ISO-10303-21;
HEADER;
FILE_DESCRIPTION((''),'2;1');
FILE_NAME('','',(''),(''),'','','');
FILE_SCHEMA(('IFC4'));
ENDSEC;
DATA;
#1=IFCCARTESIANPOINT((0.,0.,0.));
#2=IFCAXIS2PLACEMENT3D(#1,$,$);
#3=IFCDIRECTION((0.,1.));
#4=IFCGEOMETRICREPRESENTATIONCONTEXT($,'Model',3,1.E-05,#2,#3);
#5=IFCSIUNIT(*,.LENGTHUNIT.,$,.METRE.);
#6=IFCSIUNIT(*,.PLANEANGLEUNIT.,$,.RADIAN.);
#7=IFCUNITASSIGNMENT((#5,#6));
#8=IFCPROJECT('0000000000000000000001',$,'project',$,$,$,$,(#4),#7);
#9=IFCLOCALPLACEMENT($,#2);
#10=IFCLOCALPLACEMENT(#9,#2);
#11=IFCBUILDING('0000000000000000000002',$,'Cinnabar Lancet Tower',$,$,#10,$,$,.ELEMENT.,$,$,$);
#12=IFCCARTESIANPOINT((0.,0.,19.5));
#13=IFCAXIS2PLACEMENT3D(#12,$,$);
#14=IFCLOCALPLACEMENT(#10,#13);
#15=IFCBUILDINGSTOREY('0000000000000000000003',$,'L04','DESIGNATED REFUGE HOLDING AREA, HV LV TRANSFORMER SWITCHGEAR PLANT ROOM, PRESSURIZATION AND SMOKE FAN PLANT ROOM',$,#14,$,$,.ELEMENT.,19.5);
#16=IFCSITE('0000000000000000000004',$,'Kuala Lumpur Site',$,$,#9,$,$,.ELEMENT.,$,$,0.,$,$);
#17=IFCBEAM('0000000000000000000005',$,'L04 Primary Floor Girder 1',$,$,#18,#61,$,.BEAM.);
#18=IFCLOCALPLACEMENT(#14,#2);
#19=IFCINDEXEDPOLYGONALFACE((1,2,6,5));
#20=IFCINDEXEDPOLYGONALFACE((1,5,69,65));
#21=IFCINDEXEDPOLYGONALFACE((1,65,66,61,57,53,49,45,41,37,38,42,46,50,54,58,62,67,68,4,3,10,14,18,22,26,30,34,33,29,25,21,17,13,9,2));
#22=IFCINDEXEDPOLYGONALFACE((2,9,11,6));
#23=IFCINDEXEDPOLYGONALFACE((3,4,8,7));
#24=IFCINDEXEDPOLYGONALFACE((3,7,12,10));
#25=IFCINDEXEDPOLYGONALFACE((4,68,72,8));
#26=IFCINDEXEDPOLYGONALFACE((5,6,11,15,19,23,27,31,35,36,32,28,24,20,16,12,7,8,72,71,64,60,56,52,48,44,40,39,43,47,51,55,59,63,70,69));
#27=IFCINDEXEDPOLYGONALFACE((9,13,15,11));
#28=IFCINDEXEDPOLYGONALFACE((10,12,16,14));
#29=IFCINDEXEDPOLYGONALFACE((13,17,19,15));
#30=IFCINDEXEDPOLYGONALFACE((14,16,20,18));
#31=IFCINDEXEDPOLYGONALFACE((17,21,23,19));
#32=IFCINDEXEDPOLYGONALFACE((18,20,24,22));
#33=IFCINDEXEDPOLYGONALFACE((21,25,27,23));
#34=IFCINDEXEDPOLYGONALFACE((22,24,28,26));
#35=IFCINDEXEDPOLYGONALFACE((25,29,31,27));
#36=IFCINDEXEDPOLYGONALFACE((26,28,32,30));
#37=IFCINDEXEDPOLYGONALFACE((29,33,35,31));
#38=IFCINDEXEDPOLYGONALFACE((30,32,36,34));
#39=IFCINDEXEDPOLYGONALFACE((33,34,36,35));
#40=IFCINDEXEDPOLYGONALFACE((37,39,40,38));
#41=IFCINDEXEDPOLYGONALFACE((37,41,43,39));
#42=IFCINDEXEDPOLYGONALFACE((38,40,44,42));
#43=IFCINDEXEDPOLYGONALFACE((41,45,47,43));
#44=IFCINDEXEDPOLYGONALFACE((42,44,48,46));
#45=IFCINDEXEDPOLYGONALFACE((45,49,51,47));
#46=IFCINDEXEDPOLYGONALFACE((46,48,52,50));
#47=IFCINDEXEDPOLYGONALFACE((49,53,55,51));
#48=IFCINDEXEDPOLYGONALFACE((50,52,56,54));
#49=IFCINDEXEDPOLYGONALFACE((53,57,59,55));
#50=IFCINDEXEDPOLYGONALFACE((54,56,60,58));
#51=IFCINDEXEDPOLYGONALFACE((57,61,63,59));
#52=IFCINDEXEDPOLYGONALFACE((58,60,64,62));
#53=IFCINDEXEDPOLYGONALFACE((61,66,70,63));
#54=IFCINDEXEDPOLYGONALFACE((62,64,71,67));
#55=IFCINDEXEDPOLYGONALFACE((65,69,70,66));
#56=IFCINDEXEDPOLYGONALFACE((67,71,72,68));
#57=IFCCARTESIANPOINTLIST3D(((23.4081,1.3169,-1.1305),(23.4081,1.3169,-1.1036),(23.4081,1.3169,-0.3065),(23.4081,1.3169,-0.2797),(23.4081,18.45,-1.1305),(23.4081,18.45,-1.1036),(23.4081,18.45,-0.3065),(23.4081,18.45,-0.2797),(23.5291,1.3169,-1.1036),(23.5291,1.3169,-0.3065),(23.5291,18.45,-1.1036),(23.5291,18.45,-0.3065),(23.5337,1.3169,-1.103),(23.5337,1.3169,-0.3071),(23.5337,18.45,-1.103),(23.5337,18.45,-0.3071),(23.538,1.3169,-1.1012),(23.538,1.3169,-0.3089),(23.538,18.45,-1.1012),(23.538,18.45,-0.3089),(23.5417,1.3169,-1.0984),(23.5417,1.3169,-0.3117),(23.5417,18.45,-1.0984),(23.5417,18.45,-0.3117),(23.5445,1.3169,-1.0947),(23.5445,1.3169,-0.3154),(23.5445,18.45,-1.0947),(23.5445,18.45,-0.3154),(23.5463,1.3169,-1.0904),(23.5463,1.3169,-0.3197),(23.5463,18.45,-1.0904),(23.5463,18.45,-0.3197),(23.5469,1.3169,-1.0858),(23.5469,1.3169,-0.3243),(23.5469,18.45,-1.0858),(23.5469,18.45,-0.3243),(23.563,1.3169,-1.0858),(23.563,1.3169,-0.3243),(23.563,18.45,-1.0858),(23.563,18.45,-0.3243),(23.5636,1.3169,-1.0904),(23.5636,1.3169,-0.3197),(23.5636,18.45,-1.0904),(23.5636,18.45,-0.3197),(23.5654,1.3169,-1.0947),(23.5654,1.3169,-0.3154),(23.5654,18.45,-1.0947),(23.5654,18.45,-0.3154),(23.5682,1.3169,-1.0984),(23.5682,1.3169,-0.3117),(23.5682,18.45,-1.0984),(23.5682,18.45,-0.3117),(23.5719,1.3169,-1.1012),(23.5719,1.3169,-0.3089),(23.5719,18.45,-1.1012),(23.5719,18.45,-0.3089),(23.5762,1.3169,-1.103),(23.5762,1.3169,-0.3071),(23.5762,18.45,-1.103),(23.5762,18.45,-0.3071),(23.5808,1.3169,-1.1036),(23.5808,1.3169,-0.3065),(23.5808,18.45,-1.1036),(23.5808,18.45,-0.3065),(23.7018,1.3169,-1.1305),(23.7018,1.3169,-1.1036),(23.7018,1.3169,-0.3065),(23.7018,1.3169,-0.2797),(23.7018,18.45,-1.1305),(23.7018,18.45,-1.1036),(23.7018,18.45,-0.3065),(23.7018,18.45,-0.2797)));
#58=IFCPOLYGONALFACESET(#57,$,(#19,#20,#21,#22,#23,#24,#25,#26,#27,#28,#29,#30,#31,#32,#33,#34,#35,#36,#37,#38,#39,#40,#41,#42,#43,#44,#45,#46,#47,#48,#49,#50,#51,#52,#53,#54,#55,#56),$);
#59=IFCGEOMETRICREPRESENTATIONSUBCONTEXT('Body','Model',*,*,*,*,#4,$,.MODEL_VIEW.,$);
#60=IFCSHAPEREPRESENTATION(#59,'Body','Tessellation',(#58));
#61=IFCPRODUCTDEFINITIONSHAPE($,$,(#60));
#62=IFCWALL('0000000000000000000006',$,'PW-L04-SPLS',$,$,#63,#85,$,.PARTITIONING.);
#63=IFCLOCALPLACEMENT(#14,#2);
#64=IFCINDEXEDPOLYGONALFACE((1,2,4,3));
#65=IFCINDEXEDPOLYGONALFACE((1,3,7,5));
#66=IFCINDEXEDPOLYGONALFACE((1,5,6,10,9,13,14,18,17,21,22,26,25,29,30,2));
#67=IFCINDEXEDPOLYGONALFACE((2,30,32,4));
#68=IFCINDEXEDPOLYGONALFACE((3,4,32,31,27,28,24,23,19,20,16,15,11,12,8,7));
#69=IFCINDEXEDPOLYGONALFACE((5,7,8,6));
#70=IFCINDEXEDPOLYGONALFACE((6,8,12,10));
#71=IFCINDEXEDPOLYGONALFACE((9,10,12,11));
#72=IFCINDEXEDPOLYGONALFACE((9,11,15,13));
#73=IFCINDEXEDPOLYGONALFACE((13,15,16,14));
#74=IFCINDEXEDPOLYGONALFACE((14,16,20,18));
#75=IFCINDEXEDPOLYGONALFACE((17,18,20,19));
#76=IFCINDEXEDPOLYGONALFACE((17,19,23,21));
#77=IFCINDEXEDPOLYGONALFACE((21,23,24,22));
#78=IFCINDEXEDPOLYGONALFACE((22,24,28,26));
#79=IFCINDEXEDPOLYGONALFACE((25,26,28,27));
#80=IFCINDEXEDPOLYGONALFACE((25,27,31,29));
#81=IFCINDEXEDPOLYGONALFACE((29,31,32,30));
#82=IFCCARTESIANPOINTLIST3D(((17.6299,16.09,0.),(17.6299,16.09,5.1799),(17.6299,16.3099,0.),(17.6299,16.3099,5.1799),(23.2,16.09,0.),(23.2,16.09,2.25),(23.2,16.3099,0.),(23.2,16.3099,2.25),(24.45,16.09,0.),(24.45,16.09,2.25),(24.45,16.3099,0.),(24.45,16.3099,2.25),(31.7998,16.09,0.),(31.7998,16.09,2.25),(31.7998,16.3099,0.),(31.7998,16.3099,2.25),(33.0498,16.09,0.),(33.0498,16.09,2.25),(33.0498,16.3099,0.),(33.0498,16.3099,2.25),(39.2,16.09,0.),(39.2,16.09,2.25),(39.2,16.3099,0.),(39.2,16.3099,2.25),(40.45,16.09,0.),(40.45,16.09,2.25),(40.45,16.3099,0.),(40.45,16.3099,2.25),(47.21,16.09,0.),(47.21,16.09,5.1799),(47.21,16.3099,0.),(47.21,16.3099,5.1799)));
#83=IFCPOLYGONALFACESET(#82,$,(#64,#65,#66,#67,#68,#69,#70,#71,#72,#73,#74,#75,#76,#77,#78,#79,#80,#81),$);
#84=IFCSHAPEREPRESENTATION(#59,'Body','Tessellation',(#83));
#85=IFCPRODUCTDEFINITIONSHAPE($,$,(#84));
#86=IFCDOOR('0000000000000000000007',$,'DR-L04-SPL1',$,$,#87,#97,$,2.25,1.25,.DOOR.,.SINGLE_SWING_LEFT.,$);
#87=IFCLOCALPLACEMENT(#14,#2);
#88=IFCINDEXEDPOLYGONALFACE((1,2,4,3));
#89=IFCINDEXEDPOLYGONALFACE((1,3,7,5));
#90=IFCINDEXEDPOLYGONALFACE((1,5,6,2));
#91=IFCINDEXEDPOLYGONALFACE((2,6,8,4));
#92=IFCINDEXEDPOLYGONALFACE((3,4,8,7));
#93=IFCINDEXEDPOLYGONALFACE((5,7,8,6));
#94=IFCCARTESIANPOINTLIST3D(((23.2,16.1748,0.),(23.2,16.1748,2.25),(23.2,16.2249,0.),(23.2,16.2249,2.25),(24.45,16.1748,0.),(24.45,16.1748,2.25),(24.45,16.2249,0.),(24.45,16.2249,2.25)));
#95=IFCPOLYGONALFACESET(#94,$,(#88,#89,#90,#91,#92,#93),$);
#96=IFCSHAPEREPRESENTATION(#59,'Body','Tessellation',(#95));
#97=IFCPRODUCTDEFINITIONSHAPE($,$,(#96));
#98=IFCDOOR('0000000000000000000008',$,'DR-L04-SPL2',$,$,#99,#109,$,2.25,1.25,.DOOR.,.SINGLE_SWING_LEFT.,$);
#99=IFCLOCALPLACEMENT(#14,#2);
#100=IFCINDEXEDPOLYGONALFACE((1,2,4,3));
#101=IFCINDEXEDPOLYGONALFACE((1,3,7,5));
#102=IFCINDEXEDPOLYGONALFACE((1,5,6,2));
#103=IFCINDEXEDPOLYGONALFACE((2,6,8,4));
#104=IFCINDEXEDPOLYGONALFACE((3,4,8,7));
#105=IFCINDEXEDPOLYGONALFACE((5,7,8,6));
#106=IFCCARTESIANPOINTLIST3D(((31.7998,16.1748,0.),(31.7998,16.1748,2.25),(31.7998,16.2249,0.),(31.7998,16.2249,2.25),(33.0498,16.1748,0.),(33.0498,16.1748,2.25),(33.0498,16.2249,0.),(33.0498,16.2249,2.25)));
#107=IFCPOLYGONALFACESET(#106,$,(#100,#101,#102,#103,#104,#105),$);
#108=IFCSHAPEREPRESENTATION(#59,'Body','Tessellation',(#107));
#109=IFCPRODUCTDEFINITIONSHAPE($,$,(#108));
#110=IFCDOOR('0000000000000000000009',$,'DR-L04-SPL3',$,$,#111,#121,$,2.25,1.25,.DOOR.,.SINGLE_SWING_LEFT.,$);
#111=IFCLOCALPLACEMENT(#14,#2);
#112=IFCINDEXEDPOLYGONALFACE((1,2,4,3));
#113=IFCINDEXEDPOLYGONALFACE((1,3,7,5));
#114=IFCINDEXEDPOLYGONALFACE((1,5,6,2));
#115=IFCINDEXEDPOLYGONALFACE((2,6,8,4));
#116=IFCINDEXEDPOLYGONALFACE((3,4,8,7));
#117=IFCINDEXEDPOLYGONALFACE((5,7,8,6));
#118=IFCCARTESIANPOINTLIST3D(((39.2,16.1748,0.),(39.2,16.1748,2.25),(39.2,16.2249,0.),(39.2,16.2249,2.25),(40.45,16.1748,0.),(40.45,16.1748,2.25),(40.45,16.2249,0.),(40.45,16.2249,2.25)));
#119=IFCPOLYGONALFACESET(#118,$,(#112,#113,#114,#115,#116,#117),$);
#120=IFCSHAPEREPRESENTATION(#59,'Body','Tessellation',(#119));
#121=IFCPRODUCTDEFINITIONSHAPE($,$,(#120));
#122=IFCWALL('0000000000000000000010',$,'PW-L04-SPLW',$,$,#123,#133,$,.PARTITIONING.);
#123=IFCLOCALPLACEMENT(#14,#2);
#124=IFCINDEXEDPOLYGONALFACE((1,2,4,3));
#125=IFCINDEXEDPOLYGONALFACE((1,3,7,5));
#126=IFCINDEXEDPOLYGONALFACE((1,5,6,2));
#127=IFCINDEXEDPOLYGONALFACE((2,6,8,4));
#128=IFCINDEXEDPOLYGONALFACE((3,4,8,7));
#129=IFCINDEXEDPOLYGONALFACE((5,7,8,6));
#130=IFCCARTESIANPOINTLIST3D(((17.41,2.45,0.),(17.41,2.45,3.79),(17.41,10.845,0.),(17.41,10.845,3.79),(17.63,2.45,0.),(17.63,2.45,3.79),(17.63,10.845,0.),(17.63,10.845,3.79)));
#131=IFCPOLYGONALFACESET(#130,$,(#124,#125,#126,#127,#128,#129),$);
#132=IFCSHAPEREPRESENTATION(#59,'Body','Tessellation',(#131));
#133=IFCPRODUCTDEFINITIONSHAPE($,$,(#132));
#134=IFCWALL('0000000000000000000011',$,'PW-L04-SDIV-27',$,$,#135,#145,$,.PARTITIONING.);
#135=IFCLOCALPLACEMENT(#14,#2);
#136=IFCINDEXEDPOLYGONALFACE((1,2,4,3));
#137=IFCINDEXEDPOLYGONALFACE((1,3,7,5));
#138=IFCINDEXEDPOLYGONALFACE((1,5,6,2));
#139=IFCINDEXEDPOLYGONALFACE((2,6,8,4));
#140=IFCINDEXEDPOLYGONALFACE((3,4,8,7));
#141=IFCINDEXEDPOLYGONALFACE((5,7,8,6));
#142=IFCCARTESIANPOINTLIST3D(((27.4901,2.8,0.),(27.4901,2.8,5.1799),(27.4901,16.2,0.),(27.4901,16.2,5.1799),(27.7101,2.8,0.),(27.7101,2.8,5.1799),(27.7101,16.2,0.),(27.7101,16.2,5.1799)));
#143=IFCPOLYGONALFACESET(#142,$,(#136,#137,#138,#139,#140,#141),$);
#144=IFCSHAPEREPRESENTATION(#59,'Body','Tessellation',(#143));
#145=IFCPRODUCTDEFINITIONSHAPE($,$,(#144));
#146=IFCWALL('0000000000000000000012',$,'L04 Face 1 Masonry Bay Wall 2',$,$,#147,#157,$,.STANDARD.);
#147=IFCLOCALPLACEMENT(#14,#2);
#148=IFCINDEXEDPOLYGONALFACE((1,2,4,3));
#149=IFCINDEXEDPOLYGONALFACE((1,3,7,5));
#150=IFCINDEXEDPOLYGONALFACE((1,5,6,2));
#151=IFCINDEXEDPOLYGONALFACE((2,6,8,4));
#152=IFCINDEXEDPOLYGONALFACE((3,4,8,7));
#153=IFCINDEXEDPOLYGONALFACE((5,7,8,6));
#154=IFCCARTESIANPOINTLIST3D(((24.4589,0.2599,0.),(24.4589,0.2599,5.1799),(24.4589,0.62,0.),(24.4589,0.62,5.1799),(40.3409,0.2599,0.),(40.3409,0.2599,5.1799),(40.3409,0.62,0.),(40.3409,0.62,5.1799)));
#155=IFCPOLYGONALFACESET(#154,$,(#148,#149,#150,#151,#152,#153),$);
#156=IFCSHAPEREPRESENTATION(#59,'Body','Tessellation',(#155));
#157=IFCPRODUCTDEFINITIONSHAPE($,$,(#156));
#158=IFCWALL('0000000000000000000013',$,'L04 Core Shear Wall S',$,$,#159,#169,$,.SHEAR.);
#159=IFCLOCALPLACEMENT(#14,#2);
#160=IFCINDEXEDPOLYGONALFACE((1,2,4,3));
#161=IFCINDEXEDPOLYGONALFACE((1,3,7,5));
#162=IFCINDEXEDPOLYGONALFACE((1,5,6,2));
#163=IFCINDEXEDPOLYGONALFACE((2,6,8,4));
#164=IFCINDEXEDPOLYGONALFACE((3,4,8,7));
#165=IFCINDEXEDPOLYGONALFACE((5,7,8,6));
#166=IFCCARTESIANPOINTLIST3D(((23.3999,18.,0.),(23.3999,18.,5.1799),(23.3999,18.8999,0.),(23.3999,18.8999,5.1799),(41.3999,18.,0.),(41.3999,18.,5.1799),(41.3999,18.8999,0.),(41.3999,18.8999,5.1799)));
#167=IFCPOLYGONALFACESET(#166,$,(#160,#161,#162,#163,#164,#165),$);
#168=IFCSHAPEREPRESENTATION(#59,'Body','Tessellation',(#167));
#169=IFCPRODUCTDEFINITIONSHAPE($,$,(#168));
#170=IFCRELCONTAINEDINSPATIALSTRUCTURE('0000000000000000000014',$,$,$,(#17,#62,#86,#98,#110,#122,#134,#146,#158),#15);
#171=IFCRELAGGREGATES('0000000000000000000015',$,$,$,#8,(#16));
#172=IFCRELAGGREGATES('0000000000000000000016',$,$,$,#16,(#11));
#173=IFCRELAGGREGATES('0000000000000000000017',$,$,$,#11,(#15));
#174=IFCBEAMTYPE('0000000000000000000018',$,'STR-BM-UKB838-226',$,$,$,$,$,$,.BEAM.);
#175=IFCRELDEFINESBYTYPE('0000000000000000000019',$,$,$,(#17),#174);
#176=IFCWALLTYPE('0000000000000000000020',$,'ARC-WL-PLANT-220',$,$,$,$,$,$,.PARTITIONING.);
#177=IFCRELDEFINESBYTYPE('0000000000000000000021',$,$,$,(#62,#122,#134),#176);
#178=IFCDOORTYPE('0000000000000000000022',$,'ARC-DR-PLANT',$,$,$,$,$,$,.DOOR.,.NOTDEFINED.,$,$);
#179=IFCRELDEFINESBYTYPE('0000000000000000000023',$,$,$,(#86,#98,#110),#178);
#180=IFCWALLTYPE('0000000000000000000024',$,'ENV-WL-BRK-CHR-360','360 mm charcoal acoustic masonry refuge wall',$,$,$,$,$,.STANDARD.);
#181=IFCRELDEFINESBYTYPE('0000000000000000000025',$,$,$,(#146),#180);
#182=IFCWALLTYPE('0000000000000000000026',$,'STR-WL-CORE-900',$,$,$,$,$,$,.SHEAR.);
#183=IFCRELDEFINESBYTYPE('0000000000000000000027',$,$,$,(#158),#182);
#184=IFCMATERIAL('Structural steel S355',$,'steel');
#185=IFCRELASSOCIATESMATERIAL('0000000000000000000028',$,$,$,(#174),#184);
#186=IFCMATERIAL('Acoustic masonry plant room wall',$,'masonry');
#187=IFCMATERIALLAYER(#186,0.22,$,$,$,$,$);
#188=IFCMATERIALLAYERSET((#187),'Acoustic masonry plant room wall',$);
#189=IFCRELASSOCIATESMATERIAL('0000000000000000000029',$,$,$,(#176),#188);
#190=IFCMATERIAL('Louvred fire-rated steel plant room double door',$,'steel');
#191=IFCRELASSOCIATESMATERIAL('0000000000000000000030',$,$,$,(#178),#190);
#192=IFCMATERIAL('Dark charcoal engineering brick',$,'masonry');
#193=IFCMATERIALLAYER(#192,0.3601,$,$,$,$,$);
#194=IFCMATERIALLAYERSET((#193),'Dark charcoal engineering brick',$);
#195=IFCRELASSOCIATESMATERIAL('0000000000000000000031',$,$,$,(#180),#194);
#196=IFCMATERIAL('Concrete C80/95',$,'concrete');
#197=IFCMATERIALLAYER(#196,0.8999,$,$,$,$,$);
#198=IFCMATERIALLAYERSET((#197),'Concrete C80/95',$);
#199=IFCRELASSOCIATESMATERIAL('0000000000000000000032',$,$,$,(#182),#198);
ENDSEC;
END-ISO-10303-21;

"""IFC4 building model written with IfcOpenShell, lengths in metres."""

from ifc_helpers import new_model, si_unit, direction, frame, frame_2d, origin, origin_2d, place, context, subcontext, project, spatial, rectangle, i_section, extrude, material, layer, layer_set, material_profile, profile_set, type_object, element, fill, save


model = new_model("IFC4")

# Units and contexts
model_context = context("Model", 3, precision=1e-05, world=origin(), true_north=direction((0.0, 1.0)))
body_context = subcontext(model_context, "Body", "Model", "MODEL_VIEW")
ifc_project = project(units=[si_unit("LENGTHUNIT", "METRE"), si_unit("PLANEANGLEUNIT", "RADIAN")], contexts=[model_context])

# Site, building, storey
site_placement = place(None, origin())
site = spatial("IfcSite", under=ifc_project, at=site_placement, Name="Kuala Lumpur Site", CompositionType="ELEMENT", RefElevation=0.0)
building_placement = place(site_placement, origin())
building = spatial("IfcBuilding", under=site, at=building_placement, Name="Cinnabar Lancet Tower", CompositionType="ELEMENT")
storey_placement = place(building_placement, frame((0.0, 0.0, 19.5)))
storey = spatial("IfcBuildingStorey", under=building, at=storey_placement, Name="L04", Description="DESIGNATED REFUGE HOLDING AREA, HV LV TRANSFORMER SWITCHGEAR PLANT ROOM, PRESSURIZATION AND SMOKE FAN PLANT ROOM", CompositionType="ELEMENT", Elevation=19.5)

# Beam
ifc_material_1 = material(Name="Structural steel S355", Category="steel")
ifc_material_profile_1 = material_profile(ifc_material_1, i_section(OverallWidth=0.2937, OverallDepth=0.8508, WebThickness=0.0161, FlangeThickness=0.0269, FilletRadius=0.0178, at=origin_2d()), Name="UKB 838x292x226")
ifc_profile_set_1 = profile_set([ifc_material_profile_1], Name="Structural steel S355")
beam_type_1 = type_object("IfcBeamType", Name="STR-BM-UKB838-226", PredefinedType="BEAM", material=ifc_profile_set_1)
beam_1_placement = place(storey_placement, frame((23.5549, 1.3169, -0.7051), z_axis=(0.0, 1.0, 0.0), x_axis=(-1.0, 0.0, 0.0)))
element("IfcBeam", 1, at=beam_1_placement, inside=storey, type_object=beam_type_1, Name="L04 Primary Floor Girder 1", PredefinedType="BEAM", context=body_context, shape_type="SweptSolid", body=[
    extrude(i_section(OverallWidth=0.2937, OverallDepth=0.8508, WebThickness=0.0161, FlangeThickness=0.0269, FilletRadius=0.0178, at=origin_2d()), origin(), (0.0, 0.0, 1.0), 17.1331),
])

# Wall, openings, doors
ifc_material_2 = material(Name="Acoustic masonry plant room wall", Category="masonry")
ifc_layer_1 = layer(ifc_material_2, 0.22)
ifc_layer_set_1 = layer_set([ifc_layer_1], Name="Acoustic masonry plant room wall")
wall_type_1 = type_object("IfcWallType", Name="ARC-WL-PLANT-220", PredefinedType="PARTITIONING", material=ifc_layer_set_1)
wall_1_placement = place(storey_placement, frame((17.6299, 16.2, 0.0), z_axis=(0.0, 0.0, 1.0), x_axis=(1.0, 0.0, 0.0)))
wall_1 = element("IfcWall", 2, at=wall_1_placement, inside=storey, type_object=wall_type_1, Name="PW-L04-SPLS", PredefinedType="PARTITIONING", context=body_context, shape_type="SweptSolid", body=[
    extrude(rectangle(XDim=29.5801, YDim=0.22, at=frame_2d((14.79, 0.0))), origin(), (0.0, 0.0, 1.0), 5.1799),
])
opening_1_placement = place(wall_1_placement, frame((5.5701, 0.0, 0.0)))
opening_1 = element("IfcOpeningElement", 3, at=opening_1_placement, cuts=wall_1, PredefinedType="OPENING", context=body_context, shape_type="SweptSolid", body=[
    extrude(rectangle(XDim=1.25, YDim=2.25, at=frame_2d((0.625, 1.125))), frame((0.0, 0.1199, 0.0), z_axis=(0.0, -1.0, 0.0), x_axis=(1.0, 0.0, 0.0)), (0.0, 0.0, 1.0), 0.24),
])
opening_2_placement = place(wall_1_placement, frame((14.1699, 0.0, 0.0)))
opening_2 = element("IfcOpeningElement", 4, at=opening_2_placement, cuts=wall_1, PredefinedType="OPENING", context=body_context, shape_type="SweptSolid", body=[
    extrude(rectangle(XDim=1.25, YDim=2.25, at=frame_2d((0.625, 1.125))), frame((0.0, 0.1199, 0.0), z_axis=(0.0, -1.0, 0.0), x_axis=(1.0, 0.0, 0.0)), (0.0, 0.0, 1.0), 0.24),
])
opening_3_placement = place(wall_1_placement, frame((21.5701, 0.0, 0.0)))
opening_3 = element("IfcOpeningElement", 5, at=opening_3_placement, cuts=wall_1, PredefinedType="OPENING", context=body_context, shape_type="SweptSolid", body=[
    extrude(rectangle(XDim=1.25, YDim=2.25, at=frame_2d((0.625, 1.125))), frame((0.0, 0.1199, 0.0), z_axis=(0.0, -1.0, 0.0), x_axis=(1.0, 0.0, 0.0)), (0.0, 0.0, 1.0), 0.24),
])
ifc_material_3 = material(Name="Louvred fire-rated steel plant room double door", Category="steel")
door_type = type_object("IfcDoorType", Name="ARC-DR-PLANT", OperationType="NOTDEFINED", PredefinedType="DOOR", material=ifc_material_3)
door_1_placement = place(opening_1_placement, origin())
door_1 = element("IfcDoor", 6, at=door_1_placement, inside=storey, type_object=door_type, Name="DR-L04-SPL1", OperationType="SINGLE_SWING_LEFT", OverallHeight=2.25, OverallWidth=1.25, PredefinedType="DOOR", context=body_context, shape_type="SweptSolid", body=[
    extrude(rectangle(XDim=1.25, YDim=2.25, at=frame_2d((0.625, 1.125))), frame((0.0, 0.0249, 0.0), z_axis=(0.0, -1.0, 0.0), x_axis=(1.0, 0.0, 0.0)), (0.0, 0.0, 1.0), 0.05),
])
fill(opening_1, door_1)
door_2_placement = place(opening_2_placement, origin())
door_2 = element("IfcDoor", 7, at=door_2_placement, inside=storey, type_object=door_type, Name="DR-L04-SPL2", OperationType="SINGLE_SWING_LEFT", OverallHeight=2.25, OverallWidth=1.25, PredefinedType="DOOR", context=body_context, shape_type="SweptSolid", body=[
    extrude(rectangle(XDim=1.25, YDim=2.25, at=frame_2d((0.625, 1.125))), frame((0.0, 0.0249, 0.0), z_axis=(0.0, -1.0, 0.0), x_axis=(1.0, 0.0, 0.0)), (0.0, 0.0, 1.0), 0.05),
])
fill(opening_2, door_2)
door_3_placement = place(opening_3_placement, origin())
door_3 = element("IfcDoor", 8, at=door_3_placement, inside=storey, type_object=door_type, Name="DR-L04-SPL3", OperationType="SINGLE_SWING_LEFT", OverallHeight=2.25, OverallWidth=1.25, PredefinedType="DOOR", context=body_context, shape_type="SweptSolid", body=[
    extrude(rectangle(XDim=1.25, YDim=2.25, at=frame_2d((0.625, 1.125))), frame((0.0, 0.0249, 0.0), z_axis=(0.0, -1.0, 0.0), x_axis=(1.0, 0.0, 0.0)), (0.0, 0.0, 1.0), 0.05),
])
fill(opening_3, door_3)

# Walls
wall_2_placement = place(storey_placement, frame((17.52, 2.45, 0.0), z_axis=(0.0, 0.0, 1.0), x_axis=(0.0, 1.0, 0.0)))
element("IfcWall", 9, at=wall_2_placement, inside=storey, type_object=wall_type_1, Name="PW-L04-SPLW", PredefinedType="PARTITIONING", context=body_context, shape_type="SweptSolid", body=[
    extrude(rectangle(XDim=8.395, YDim=0.22, at=frame_2d((4.1975, 0.0))), origin(), (0.0, 0.0, 1.0), 3.79),
])
wall_3_placement = place(storey_placement, frame((27.6001, 2.8, 0.0), z_axis=(0.0, 0.0, 1.0), x_axis=(0.0, 1.0, 0.0)))
element("IfcWall", 10, at=wall_3_placement, inside=storey, type_object=wall_type_1, Name="PW-L04-SDIV-27", PredefinedType="PARTITIONING", context=body_context, shape_type="SweptSolid", body=[
    extrude(rectangle(XDim=13.3999, YDim=0.22, at=frame_2d((6.7, 0.0))), origin(), (0.0, 0.0, 1.0), 5.1799),
])
ifc_material_4 = material(Name="Dark charcoal engineering brick", Category="masonry")
ifc_layer_2 = layer(ifc_material_4, 0.3601)
ifc_layer_set_2 = layer_set([ifc_layer_2], Name="Dark charcoal engineering brick")
wall_type_2 = type_object("IfcWallType", Name="ENV-WL-BRK-CHR-360", Description="360 mm charcoal acoustic masonry refuge wall", PredefinedType="STANDARD", material=ifc_layer_set_2)
wall_4_placement = place(storey_placement, frame((24.459, 0.4399, 0.0), z_axis=(0.0, 0.0, 1.0), x_axis=(1.0, 0.0, 0.0)))
element("IfcWall", 11, at=wall_4_placement, inside=storey, type_object=wall_type_2, Name="L04 Face 1 Masonry Bay Wall 2", PredefinedType="STANDARD", context=body_context, shape_type="SweptSolid", body=[
    extrude(rectangle(XDim=15.8821, YDim=0.3601, at=frame_2d((7.9409, 0.0))), origin(), (0.0, 0.0, 1.0), 5.1799),
])
ifc_material_5 = material(Name="Concrete C80/95", Category="concrete")
ifc_layer_3 = layer(ifc_material_5, 0.8999)
ifc_layer_set_3 = layer_set([ifc_layer_3], Name="Concrete C80/95")
wall_type_3 = type_object("IfcWallType", Name="STR-WL-CORE-900", PredefinedType="SHEAR", material=ifc_layer_set_3)
wall_5_placement = place(storey_placement, frame((23.3999, 18.45, 0.0), z_axis=(0.0, 0.0, 1.0), x_axis=(1.0, 0.0, 0.0)))
element("IfcWall", 12, at=wall_5_placement, inside=storey, type_object=wall_type_3, Name="L04 Core Shear Wall S", PredefinedType="SHEAR", context=body_context, shape_type="SweptSolid", body=[
    extrude(rectangle(XDim=18.0, YDim=0.8999, at=frame_2d((9.0, 0.0))), origin(), (0.0, 0.0, 1.0), 5.1799),
])

save(model, "model.ifc")
